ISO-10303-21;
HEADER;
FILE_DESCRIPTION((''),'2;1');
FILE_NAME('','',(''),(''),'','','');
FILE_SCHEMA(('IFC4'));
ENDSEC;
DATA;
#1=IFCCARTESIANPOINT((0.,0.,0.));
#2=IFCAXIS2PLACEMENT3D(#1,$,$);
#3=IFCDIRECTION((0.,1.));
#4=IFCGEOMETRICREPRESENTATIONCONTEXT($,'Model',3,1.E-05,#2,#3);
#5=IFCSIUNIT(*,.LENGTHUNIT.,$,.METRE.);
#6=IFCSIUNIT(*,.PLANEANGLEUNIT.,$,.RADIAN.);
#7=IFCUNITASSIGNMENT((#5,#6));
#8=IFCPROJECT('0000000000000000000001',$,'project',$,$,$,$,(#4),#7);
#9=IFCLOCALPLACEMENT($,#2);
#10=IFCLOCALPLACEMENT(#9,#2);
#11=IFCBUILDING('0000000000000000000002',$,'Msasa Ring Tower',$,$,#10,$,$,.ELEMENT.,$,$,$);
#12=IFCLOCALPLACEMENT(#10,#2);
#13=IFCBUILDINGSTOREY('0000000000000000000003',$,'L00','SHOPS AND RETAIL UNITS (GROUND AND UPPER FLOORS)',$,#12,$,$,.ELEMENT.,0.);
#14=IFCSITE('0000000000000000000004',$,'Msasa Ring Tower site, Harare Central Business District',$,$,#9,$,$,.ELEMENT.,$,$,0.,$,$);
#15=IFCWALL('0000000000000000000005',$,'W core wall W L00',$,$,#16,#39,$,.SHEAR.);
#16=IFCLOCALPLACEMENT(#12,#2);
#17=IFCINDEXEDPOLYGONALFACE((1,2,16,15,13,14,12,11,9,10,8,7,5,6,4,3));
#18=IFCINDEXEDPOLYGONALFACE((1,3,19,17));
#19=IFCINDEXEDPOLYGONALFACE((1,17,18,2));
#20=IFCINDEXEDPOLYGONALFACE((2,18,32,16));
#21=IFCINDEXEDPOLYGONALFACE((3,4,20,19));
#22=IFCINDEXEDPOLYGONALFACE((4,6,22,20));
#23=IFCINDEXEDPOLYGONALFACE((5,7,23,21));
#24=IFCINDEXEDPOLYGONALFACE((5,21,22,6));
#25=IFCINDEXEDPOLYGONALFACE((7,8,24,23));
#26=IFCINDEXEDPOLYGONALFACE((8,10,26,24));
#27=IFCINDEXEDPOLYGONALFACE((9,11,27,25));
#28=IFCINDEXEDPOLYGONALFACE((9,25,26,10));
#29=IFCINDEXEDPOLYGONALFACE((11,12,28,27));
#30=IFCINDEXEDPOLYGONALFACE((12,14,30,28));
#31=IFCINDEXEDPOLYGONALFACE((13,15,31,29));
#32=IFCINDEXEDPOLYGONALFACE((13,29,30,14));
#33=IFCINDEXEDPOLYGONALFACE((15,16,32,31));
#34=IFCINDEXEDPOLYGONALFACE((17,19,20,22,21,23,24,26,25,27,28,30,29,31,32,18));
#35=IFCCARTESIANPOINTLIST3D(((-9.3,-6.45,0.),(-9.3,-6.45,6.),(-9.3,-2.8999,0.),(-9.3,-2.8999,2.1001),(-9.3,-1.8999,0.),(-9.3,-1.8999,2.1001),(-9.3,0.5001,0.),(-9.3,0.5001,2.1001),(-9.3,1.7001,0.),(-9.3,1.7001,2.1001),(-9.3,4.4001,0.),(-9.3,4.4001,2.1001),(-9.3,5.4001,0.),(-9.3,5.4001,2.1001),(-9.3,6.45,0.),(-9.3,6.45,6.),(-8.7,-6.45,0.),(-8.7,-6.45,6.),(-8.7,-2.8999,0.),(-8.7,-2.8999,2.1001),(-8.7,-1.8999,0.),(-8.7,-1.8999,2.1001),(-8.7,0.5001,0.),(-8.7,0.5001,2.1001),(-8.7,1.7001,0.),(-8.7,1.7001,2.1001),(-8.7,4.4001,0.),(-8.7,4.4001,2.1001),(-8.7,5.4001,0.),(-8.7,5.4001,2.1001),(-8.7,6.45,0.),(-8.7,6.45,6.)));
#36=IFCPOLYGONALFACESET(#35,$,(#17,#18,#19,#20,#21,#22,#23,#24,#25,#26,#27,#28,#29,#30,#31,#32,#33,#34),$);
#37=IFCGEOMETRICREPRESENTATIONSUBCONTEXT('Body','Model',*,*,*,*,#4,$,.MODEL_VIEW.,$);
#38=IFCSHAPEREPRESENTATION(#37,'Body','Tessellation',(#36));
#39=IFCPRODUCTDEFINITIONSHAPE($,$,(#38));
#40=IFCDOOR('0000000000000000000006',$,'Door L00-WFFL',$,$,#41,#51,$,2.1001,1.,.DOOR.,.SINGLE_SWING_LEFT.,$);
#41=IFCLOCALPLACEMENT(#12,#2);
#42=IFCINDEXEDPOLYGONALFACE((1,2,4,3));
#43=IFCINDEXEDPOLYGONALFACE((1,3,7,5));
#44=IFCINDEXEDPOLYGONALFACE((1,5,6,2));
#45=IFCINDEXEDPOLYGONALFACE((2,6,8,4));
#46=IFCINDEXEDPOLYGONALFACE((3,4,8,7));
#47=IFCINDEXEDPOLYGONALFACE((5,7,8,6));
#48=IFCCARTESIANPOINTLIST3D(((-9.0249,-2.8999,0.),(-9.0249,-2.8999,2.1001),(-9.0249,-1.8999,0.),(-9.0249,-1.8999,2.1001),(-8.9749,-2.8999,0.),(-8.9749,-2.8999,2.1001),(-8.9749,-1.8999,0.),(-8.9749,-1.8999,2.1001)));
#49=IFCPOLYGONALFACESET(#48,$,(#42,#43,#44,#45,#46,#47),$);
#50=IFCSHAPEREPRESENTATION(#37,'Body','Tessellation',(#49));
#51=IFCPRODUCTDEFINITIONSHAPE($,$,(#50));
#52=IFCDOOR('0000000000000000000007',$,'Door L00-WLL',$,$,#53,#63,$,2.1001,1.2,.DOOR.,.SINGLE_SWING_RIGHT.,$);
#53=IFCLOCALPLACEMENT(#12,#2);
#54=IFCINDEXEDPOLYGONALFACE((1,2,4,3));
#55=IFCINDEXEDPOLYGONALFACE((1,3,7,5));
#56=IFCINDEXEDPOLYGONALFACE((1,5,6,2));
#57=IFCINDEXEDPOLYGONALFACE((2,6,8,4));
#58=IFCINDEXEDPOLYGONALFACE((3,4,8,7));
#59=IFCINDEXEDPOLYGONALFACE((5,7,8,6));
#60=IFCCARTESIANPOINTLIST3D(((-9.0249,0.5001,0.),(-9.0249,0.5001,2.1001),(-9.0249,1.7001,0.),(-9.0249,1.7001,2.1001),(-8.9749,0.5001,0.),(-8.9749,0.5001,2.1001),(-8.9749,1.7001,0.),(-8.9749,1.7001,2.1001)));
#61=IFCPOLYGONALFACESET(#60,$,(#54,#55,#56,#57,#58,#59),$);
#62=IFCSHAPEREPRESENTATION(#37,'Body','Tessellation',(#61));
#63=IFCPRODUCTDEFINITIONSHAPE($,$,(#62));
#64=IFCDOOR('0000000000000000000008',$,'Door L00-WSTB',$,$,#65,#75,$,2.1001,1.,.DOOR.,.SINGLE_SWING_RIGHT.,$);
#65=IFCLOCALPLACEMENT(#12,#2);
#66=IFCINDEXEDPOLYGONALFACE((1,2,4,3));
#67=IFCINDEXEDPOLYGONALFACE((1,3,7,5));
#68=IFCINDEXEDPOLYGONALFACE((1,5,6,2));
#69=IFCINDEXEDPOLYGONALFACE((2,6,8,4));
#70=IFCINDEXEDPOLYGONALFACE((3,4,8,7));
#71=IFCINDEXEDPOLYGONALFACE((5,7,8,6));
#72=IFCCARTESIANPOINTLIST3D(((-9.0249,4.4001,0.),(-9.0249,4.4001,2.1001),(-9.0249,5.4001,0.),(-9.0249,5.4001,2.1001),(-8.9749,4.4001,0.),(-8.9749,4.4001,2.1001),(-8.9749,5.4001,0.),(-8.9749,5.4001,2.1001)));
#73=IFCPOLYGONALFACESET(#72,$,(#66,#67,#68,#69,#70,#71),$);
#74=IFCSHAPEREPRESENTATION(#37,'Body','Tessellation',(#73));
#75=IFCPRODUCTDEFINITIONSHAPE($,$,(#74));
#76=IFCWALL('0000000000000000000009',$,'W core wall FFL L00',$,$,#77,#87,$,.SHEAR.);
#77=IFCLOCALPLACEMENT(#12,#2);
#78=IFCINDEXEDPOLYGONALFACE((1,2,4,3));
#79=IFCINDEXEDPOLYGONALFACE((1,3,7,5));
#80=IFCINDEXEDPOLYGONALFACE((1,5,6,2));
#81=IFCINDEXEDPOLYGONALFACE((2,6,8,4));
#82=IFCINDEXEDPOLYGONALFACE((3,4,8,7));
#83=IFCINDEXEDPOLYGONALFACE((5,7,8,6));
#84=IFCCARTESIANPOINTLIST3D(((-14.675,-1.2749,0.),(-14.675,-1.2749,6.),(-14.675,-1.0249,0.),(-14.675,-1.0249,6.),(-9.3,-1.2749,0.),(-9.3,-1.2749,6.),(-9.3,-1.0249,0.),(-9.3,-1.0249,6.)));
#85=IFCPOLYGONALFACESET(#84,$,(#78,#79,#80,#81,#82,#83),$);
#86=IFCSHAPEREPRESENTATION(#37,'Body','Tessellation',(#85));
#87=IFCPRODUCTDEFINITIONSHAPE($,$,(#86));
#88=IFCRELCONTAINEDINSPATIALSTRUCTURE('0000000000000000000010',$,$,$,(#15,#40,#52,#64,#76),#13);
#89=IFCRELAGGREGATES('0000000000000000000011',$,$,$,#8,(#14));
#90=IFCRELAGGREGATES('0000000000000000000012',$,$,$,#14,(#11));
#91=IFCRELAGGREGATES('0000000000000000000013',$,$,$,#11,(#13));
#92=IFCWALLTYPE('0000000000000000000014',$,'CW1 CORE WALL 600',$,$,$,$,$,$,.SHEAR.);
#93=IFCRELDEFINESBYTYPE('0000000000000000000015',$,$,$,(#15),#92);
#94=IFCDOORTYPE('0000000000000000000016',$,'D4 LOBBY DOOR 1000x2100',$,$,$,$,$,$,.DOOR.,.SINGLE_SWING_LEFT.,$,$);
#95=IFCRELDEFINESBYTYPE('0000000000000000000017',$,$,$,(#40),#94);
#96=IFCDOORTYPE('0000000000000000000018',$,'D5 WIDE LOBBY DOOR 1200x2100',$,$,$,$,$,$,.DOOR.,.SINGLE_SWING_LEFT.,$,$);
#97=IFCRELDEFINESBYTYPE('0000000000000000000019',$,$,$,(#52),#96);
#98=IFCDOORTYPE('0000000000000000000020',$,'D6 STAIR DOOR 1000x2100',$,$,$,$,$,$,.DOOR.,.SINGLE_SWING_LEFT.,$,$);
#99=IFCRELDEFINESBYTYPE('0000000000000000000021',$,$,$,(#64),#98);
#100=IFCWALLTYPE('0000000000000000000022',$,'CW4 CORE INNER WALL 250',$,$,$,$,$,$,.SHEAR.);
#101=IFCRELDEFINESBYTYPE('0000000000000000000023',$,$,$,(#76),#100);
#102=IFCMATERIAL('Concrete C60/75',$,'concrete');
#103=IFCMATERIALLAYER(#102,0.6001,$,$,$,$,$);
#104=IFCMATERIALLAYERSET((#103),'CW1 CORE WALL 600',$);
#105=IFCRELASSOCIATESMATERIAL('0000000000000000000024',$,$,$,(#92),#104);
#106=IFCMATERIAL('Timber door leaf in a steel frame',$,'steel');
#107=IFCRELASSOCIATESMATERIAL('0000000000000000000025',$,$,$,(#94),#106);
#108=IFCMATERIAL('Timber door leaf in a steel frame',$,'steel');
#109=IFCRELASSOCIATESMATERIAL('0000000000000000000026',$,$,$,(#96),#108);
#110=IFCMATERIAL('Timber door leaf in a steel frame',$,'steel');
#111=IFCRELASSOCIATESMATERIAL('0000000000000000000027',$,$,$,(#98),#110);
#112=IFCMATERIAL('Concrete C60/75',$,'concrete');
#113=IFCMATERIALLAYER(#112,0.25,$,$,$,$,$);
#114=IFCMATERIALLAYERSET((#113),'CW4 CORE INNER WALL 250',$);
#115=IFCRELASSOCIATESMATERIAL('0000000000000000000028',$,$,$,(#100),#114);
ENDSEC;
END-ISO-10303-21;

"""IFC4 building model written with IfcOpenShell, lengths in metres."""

from ifc_helpers import new_model, si_unit, direction, frame, frame_2d, origin, place, context, subcontext, project, spatial, rectangle, extrude, material, layer, layer_set, type_object, element, fill, save


model = new_model("IFC4")

# Units and contexts
model_context = context("Model", 3, precision=1e-05, world=origin(), true_north=direction((0.0, 1.0)))
body_context = subcontext(model_context, "Body", "Model", "MODEL_VIEW")
ifc_project = project(units=[si_unit("LENGTHUNIT", "METRE"), si_unit("PLANEANGLEUNIT", "RADIAN")], contexts=[model_context])

# Site, building, storey
site_placement = place(None, origin())
site = spatial("IfcSite", under=ifc_project, at=site_placement, Name="Msasa Ring Tower site, Harare Central Business District", CompositionType="ELEMENT", RefElevation=0.0)
building_placement = place(site_placement, origin())
building = spatial("IfcBuilding", under=site, at=building_placement, Name="Msasa Ring Tower", CompositionType="ELEMENT")
storey_placement = place(building_placement, origin())
storey = spatial("IfcBuildingStorey", under=building, at=storey_placement, Name="L00", Description="SHOPS AND RETAIL UNITS (GROUND AND UPPER FLOORS)", CompositionType="ELEMENT", Elevation=0.0)

# Wall, openings, doors
ifc_material_1 = material(Name="Concrete C60/75", Category="concrete")
ifc_layer_1 = layer(ifc_material_1, 0.6001)
ifc_layer_set_1 = layer_set([ifc_layer_1], Name="CW1 CORE WALL 600")
wall_type_1 = type_object("IfcWallType", Name="CW1 CORE WALL 600", PredefinedType="SHEAR", material=ifc_layer_set_1)
wall_1_placement = place(storey_placement, frame((-9.0, -6.45, 0.0), z_axis=(0.0, 0.0, 1.0), x_axis=(0.0, 1.0, 0.0)))
wall_1 = element("IfcWall", 1, at=wall_1_placement, inside=storey, type_object=wall_type_1, Name="W core wall W L00", PredefinedType="SHEAR", context=body_context, shape_type="SweptSolid", body=[
    extrude(rectangle(XDim=12.8999, YDim=0.6001, at=frame_2d((6.45, 0.0))), origin(), (0.0, 0.0, 1.0), 6.0),
])
opening_1_placement = place(wall_1_placement, frame((3.55, 0.0, 0.0)))
opening_1 = element("IfcOpeningElement", 2, at=opening_1_placement, cuts=wall_1, PredefinedType="OPENING", context=body_context, shape_type="SweptSolid", body=[
    extrude(rectangle(XDim=1.0, YDim=2.1001, at=frame_2d((0.5, 1.05))), frame((0.0, 0.3101, 0.0), z_axis=(0.0, -1.0, 0.0), x_axis=(1.0, 0.0, 0.0)), (0.0, 0.0, 1.0), 0.6201),
])
opening_2_placement = place(wall_1_placement, frame((6.95, 0.0, 0.0)))
opening_2 = element("IfcOpeningElement", 3, at=opening_2_placement, cuts=wall_1, PredefinedType="OPENING", context=body_context, shape_type="SweptSolid", body=[
    extrude(rectangle(XDim=1.2, YDim=2.1001, at=frame_2d((0.6001, 1.05))), frame((0.0, 0.3101, 0.0), z_axis=(0.0, -1.0, 0.0), x_axis=(1.0, 0.0, 0.0)), (0.0, 0.0, 1.0), 0.6201),
])
opening_3_placement = place(wall_1_placement, frame((10.8501, 0.0, 0.0)))
opening_3 = element("IfcOpeningElement", 4, at=opening_3_placement, cuts=wall_1, PredefinedType="OPENING", context=body_context, shape_type="SweptSolid", body=[
    extrude(rectangle(XDim=1.0, YDim=2.1001, at=frame_2d((0.5, 1.05))), frame((0.0, 0.3101, 0.0), z_axis=(0.0, -1.0, 0.0), x_axis=(1.0, 0.0, 0.0)), (0.0, 0.0, 1.0), 0.6201),
])
ifc_material_2 = material(Name="Timber door leaf in a steel frame", Category="steel")
door_type_1 = type_object("IfcDoorType", Name="D4 LOBBY DOOR 1000x2100", OperationType="SINGLE_SWING_LEFT", PredefinedType="DOOR", material=ifc_material_2)
door_1_placement = place(opening_1_placement, origin())
door_1 = element("IfcDoor", 5, at=door_1_placement, inside=storey, type_object=door_type_1, Name="Door L00-WFFL", OperationType="SINGLE_SWING_LEFT", OverallHeight=2.1001, OverallWidth=1.0, PredefinedType="DOOR", context=body_context, shape_type="SweptSolid", body=[
    extrude(rectangle(XDim=1.0, YDim=2.1001, at=frame_2d((0.5, 1.05))), frame((0.0, 0.0249, 0.0), z_axis=(0.0, -1.0, 0.0), x_axis=(1.0, 0.0, 0.0)), (0.0, 0.0, 1.0), 0.05),
])
fill(opening_1, door_1)
ifc_material_3 = material(Name="Timber door leaf in a steel frame", Category="steel")
door_type_2 = type_object("IfcDoorType", Name="D5 WIDE LOBBY DOOR 1200x2100", OperationType="SINGLE_SWING_LEFT", PredefinedType="DOOR", material=ifc_material_3)
door_2_placement = place(opening_2_placement, origin())
door_2 = element("IfcDoor", 6, at=door_2_placement, inside=storey, type_object=door_type_2, Name="Door L00-WLL", OperationType="SINGLE_SWING_RIGHT", OverallHeight=2.1001, OverallWidth=1.2, PredefinedType="DOOR", context=body_context, shape_type="SweptSolid", body=[
    extrude(rectangle(XDim=1.2, YDim=2.1001, at=frame_2d((0.6001, 1.05))), frame((0.0, 0.0249, 0.0), z_axis=(0.0, -1.0, 0.0), x_axis=(1.0, 0.0, 0.0)), (0.0, 0.0, 1.0), 0.05),
])
fill(opening_2, door_2)
ifc_material_4 = material(Name="Timber door leaf in a steel frame", Category="steel")
door_type_3 = type_object("IfcDoorType", Name="D6 STAIR DOOR 1000x2100", OperationType="SINGLE_SWING_LEFT", PredefinedType="DOOR", material=ifc_material_4)
door_3_placement = place(opening_3_placement, origin())
door_3 = element("IfcDoor", 7, at=door_3_placement, inside=storey, type_object=door_type_3, Name="Door L00-WSTB", OperationType="SINGLE_SWING_RIGHT", OverallHeight=2.1001, OverallWidth=1.0, PredefinedType="DOOR", context=body_context, shape_type="SweptSolid", body=[
    extrude(rectangle(XDim=1.0, YDim=2.1001, at=frame_2d((0.5, 1.05))), frame((0.0, 0.0249, 0.0), z_axis=(0.0, -1.0, 0.0), x_axis=(1.0, 0.0, 0.0)), (0.0, 0.0, 1.0), 0.05),
])
fill(opening_3, door_3)

# Wall
ifc_material_5 = material(Name="Concrete C60/75", Category="concrete")
ifc_layer_2 = layer(ifc_material_5, 0.25)
ifc_layer_set_2 = layer_set([ifc_layer_2], Name="CW4 CORE INNER WALL 250")
wall_type_2 = type_object("IfcWallType", Name="CW4 CORE INNER WALL 250", PredefinedType="SHEAR", material=ifc_layer_set_2)
wall_2_placement = place(storey_placement, frame((-9.3, -1.1499, 0.0), z_axis=(0.0, 0.0, 1.0), x_axis=(-1.0, 0.0, 0.0)))
element("IfcWall", 8, at=wall_2_placement, inside=storey, type_object=wall_type_2, Name="W core wall FFL L00", PredefinedType="SHEAR", context=body_context, shape_type="SweptSolid", body=[
    extrude(rectangle(XDim=5.375, YDim=0.25, at=frame_2d((2.6875, 0.0))), origin(), (0.0, 0.0, 1.0), 6.0),
])

save(model, "model.ifc")
